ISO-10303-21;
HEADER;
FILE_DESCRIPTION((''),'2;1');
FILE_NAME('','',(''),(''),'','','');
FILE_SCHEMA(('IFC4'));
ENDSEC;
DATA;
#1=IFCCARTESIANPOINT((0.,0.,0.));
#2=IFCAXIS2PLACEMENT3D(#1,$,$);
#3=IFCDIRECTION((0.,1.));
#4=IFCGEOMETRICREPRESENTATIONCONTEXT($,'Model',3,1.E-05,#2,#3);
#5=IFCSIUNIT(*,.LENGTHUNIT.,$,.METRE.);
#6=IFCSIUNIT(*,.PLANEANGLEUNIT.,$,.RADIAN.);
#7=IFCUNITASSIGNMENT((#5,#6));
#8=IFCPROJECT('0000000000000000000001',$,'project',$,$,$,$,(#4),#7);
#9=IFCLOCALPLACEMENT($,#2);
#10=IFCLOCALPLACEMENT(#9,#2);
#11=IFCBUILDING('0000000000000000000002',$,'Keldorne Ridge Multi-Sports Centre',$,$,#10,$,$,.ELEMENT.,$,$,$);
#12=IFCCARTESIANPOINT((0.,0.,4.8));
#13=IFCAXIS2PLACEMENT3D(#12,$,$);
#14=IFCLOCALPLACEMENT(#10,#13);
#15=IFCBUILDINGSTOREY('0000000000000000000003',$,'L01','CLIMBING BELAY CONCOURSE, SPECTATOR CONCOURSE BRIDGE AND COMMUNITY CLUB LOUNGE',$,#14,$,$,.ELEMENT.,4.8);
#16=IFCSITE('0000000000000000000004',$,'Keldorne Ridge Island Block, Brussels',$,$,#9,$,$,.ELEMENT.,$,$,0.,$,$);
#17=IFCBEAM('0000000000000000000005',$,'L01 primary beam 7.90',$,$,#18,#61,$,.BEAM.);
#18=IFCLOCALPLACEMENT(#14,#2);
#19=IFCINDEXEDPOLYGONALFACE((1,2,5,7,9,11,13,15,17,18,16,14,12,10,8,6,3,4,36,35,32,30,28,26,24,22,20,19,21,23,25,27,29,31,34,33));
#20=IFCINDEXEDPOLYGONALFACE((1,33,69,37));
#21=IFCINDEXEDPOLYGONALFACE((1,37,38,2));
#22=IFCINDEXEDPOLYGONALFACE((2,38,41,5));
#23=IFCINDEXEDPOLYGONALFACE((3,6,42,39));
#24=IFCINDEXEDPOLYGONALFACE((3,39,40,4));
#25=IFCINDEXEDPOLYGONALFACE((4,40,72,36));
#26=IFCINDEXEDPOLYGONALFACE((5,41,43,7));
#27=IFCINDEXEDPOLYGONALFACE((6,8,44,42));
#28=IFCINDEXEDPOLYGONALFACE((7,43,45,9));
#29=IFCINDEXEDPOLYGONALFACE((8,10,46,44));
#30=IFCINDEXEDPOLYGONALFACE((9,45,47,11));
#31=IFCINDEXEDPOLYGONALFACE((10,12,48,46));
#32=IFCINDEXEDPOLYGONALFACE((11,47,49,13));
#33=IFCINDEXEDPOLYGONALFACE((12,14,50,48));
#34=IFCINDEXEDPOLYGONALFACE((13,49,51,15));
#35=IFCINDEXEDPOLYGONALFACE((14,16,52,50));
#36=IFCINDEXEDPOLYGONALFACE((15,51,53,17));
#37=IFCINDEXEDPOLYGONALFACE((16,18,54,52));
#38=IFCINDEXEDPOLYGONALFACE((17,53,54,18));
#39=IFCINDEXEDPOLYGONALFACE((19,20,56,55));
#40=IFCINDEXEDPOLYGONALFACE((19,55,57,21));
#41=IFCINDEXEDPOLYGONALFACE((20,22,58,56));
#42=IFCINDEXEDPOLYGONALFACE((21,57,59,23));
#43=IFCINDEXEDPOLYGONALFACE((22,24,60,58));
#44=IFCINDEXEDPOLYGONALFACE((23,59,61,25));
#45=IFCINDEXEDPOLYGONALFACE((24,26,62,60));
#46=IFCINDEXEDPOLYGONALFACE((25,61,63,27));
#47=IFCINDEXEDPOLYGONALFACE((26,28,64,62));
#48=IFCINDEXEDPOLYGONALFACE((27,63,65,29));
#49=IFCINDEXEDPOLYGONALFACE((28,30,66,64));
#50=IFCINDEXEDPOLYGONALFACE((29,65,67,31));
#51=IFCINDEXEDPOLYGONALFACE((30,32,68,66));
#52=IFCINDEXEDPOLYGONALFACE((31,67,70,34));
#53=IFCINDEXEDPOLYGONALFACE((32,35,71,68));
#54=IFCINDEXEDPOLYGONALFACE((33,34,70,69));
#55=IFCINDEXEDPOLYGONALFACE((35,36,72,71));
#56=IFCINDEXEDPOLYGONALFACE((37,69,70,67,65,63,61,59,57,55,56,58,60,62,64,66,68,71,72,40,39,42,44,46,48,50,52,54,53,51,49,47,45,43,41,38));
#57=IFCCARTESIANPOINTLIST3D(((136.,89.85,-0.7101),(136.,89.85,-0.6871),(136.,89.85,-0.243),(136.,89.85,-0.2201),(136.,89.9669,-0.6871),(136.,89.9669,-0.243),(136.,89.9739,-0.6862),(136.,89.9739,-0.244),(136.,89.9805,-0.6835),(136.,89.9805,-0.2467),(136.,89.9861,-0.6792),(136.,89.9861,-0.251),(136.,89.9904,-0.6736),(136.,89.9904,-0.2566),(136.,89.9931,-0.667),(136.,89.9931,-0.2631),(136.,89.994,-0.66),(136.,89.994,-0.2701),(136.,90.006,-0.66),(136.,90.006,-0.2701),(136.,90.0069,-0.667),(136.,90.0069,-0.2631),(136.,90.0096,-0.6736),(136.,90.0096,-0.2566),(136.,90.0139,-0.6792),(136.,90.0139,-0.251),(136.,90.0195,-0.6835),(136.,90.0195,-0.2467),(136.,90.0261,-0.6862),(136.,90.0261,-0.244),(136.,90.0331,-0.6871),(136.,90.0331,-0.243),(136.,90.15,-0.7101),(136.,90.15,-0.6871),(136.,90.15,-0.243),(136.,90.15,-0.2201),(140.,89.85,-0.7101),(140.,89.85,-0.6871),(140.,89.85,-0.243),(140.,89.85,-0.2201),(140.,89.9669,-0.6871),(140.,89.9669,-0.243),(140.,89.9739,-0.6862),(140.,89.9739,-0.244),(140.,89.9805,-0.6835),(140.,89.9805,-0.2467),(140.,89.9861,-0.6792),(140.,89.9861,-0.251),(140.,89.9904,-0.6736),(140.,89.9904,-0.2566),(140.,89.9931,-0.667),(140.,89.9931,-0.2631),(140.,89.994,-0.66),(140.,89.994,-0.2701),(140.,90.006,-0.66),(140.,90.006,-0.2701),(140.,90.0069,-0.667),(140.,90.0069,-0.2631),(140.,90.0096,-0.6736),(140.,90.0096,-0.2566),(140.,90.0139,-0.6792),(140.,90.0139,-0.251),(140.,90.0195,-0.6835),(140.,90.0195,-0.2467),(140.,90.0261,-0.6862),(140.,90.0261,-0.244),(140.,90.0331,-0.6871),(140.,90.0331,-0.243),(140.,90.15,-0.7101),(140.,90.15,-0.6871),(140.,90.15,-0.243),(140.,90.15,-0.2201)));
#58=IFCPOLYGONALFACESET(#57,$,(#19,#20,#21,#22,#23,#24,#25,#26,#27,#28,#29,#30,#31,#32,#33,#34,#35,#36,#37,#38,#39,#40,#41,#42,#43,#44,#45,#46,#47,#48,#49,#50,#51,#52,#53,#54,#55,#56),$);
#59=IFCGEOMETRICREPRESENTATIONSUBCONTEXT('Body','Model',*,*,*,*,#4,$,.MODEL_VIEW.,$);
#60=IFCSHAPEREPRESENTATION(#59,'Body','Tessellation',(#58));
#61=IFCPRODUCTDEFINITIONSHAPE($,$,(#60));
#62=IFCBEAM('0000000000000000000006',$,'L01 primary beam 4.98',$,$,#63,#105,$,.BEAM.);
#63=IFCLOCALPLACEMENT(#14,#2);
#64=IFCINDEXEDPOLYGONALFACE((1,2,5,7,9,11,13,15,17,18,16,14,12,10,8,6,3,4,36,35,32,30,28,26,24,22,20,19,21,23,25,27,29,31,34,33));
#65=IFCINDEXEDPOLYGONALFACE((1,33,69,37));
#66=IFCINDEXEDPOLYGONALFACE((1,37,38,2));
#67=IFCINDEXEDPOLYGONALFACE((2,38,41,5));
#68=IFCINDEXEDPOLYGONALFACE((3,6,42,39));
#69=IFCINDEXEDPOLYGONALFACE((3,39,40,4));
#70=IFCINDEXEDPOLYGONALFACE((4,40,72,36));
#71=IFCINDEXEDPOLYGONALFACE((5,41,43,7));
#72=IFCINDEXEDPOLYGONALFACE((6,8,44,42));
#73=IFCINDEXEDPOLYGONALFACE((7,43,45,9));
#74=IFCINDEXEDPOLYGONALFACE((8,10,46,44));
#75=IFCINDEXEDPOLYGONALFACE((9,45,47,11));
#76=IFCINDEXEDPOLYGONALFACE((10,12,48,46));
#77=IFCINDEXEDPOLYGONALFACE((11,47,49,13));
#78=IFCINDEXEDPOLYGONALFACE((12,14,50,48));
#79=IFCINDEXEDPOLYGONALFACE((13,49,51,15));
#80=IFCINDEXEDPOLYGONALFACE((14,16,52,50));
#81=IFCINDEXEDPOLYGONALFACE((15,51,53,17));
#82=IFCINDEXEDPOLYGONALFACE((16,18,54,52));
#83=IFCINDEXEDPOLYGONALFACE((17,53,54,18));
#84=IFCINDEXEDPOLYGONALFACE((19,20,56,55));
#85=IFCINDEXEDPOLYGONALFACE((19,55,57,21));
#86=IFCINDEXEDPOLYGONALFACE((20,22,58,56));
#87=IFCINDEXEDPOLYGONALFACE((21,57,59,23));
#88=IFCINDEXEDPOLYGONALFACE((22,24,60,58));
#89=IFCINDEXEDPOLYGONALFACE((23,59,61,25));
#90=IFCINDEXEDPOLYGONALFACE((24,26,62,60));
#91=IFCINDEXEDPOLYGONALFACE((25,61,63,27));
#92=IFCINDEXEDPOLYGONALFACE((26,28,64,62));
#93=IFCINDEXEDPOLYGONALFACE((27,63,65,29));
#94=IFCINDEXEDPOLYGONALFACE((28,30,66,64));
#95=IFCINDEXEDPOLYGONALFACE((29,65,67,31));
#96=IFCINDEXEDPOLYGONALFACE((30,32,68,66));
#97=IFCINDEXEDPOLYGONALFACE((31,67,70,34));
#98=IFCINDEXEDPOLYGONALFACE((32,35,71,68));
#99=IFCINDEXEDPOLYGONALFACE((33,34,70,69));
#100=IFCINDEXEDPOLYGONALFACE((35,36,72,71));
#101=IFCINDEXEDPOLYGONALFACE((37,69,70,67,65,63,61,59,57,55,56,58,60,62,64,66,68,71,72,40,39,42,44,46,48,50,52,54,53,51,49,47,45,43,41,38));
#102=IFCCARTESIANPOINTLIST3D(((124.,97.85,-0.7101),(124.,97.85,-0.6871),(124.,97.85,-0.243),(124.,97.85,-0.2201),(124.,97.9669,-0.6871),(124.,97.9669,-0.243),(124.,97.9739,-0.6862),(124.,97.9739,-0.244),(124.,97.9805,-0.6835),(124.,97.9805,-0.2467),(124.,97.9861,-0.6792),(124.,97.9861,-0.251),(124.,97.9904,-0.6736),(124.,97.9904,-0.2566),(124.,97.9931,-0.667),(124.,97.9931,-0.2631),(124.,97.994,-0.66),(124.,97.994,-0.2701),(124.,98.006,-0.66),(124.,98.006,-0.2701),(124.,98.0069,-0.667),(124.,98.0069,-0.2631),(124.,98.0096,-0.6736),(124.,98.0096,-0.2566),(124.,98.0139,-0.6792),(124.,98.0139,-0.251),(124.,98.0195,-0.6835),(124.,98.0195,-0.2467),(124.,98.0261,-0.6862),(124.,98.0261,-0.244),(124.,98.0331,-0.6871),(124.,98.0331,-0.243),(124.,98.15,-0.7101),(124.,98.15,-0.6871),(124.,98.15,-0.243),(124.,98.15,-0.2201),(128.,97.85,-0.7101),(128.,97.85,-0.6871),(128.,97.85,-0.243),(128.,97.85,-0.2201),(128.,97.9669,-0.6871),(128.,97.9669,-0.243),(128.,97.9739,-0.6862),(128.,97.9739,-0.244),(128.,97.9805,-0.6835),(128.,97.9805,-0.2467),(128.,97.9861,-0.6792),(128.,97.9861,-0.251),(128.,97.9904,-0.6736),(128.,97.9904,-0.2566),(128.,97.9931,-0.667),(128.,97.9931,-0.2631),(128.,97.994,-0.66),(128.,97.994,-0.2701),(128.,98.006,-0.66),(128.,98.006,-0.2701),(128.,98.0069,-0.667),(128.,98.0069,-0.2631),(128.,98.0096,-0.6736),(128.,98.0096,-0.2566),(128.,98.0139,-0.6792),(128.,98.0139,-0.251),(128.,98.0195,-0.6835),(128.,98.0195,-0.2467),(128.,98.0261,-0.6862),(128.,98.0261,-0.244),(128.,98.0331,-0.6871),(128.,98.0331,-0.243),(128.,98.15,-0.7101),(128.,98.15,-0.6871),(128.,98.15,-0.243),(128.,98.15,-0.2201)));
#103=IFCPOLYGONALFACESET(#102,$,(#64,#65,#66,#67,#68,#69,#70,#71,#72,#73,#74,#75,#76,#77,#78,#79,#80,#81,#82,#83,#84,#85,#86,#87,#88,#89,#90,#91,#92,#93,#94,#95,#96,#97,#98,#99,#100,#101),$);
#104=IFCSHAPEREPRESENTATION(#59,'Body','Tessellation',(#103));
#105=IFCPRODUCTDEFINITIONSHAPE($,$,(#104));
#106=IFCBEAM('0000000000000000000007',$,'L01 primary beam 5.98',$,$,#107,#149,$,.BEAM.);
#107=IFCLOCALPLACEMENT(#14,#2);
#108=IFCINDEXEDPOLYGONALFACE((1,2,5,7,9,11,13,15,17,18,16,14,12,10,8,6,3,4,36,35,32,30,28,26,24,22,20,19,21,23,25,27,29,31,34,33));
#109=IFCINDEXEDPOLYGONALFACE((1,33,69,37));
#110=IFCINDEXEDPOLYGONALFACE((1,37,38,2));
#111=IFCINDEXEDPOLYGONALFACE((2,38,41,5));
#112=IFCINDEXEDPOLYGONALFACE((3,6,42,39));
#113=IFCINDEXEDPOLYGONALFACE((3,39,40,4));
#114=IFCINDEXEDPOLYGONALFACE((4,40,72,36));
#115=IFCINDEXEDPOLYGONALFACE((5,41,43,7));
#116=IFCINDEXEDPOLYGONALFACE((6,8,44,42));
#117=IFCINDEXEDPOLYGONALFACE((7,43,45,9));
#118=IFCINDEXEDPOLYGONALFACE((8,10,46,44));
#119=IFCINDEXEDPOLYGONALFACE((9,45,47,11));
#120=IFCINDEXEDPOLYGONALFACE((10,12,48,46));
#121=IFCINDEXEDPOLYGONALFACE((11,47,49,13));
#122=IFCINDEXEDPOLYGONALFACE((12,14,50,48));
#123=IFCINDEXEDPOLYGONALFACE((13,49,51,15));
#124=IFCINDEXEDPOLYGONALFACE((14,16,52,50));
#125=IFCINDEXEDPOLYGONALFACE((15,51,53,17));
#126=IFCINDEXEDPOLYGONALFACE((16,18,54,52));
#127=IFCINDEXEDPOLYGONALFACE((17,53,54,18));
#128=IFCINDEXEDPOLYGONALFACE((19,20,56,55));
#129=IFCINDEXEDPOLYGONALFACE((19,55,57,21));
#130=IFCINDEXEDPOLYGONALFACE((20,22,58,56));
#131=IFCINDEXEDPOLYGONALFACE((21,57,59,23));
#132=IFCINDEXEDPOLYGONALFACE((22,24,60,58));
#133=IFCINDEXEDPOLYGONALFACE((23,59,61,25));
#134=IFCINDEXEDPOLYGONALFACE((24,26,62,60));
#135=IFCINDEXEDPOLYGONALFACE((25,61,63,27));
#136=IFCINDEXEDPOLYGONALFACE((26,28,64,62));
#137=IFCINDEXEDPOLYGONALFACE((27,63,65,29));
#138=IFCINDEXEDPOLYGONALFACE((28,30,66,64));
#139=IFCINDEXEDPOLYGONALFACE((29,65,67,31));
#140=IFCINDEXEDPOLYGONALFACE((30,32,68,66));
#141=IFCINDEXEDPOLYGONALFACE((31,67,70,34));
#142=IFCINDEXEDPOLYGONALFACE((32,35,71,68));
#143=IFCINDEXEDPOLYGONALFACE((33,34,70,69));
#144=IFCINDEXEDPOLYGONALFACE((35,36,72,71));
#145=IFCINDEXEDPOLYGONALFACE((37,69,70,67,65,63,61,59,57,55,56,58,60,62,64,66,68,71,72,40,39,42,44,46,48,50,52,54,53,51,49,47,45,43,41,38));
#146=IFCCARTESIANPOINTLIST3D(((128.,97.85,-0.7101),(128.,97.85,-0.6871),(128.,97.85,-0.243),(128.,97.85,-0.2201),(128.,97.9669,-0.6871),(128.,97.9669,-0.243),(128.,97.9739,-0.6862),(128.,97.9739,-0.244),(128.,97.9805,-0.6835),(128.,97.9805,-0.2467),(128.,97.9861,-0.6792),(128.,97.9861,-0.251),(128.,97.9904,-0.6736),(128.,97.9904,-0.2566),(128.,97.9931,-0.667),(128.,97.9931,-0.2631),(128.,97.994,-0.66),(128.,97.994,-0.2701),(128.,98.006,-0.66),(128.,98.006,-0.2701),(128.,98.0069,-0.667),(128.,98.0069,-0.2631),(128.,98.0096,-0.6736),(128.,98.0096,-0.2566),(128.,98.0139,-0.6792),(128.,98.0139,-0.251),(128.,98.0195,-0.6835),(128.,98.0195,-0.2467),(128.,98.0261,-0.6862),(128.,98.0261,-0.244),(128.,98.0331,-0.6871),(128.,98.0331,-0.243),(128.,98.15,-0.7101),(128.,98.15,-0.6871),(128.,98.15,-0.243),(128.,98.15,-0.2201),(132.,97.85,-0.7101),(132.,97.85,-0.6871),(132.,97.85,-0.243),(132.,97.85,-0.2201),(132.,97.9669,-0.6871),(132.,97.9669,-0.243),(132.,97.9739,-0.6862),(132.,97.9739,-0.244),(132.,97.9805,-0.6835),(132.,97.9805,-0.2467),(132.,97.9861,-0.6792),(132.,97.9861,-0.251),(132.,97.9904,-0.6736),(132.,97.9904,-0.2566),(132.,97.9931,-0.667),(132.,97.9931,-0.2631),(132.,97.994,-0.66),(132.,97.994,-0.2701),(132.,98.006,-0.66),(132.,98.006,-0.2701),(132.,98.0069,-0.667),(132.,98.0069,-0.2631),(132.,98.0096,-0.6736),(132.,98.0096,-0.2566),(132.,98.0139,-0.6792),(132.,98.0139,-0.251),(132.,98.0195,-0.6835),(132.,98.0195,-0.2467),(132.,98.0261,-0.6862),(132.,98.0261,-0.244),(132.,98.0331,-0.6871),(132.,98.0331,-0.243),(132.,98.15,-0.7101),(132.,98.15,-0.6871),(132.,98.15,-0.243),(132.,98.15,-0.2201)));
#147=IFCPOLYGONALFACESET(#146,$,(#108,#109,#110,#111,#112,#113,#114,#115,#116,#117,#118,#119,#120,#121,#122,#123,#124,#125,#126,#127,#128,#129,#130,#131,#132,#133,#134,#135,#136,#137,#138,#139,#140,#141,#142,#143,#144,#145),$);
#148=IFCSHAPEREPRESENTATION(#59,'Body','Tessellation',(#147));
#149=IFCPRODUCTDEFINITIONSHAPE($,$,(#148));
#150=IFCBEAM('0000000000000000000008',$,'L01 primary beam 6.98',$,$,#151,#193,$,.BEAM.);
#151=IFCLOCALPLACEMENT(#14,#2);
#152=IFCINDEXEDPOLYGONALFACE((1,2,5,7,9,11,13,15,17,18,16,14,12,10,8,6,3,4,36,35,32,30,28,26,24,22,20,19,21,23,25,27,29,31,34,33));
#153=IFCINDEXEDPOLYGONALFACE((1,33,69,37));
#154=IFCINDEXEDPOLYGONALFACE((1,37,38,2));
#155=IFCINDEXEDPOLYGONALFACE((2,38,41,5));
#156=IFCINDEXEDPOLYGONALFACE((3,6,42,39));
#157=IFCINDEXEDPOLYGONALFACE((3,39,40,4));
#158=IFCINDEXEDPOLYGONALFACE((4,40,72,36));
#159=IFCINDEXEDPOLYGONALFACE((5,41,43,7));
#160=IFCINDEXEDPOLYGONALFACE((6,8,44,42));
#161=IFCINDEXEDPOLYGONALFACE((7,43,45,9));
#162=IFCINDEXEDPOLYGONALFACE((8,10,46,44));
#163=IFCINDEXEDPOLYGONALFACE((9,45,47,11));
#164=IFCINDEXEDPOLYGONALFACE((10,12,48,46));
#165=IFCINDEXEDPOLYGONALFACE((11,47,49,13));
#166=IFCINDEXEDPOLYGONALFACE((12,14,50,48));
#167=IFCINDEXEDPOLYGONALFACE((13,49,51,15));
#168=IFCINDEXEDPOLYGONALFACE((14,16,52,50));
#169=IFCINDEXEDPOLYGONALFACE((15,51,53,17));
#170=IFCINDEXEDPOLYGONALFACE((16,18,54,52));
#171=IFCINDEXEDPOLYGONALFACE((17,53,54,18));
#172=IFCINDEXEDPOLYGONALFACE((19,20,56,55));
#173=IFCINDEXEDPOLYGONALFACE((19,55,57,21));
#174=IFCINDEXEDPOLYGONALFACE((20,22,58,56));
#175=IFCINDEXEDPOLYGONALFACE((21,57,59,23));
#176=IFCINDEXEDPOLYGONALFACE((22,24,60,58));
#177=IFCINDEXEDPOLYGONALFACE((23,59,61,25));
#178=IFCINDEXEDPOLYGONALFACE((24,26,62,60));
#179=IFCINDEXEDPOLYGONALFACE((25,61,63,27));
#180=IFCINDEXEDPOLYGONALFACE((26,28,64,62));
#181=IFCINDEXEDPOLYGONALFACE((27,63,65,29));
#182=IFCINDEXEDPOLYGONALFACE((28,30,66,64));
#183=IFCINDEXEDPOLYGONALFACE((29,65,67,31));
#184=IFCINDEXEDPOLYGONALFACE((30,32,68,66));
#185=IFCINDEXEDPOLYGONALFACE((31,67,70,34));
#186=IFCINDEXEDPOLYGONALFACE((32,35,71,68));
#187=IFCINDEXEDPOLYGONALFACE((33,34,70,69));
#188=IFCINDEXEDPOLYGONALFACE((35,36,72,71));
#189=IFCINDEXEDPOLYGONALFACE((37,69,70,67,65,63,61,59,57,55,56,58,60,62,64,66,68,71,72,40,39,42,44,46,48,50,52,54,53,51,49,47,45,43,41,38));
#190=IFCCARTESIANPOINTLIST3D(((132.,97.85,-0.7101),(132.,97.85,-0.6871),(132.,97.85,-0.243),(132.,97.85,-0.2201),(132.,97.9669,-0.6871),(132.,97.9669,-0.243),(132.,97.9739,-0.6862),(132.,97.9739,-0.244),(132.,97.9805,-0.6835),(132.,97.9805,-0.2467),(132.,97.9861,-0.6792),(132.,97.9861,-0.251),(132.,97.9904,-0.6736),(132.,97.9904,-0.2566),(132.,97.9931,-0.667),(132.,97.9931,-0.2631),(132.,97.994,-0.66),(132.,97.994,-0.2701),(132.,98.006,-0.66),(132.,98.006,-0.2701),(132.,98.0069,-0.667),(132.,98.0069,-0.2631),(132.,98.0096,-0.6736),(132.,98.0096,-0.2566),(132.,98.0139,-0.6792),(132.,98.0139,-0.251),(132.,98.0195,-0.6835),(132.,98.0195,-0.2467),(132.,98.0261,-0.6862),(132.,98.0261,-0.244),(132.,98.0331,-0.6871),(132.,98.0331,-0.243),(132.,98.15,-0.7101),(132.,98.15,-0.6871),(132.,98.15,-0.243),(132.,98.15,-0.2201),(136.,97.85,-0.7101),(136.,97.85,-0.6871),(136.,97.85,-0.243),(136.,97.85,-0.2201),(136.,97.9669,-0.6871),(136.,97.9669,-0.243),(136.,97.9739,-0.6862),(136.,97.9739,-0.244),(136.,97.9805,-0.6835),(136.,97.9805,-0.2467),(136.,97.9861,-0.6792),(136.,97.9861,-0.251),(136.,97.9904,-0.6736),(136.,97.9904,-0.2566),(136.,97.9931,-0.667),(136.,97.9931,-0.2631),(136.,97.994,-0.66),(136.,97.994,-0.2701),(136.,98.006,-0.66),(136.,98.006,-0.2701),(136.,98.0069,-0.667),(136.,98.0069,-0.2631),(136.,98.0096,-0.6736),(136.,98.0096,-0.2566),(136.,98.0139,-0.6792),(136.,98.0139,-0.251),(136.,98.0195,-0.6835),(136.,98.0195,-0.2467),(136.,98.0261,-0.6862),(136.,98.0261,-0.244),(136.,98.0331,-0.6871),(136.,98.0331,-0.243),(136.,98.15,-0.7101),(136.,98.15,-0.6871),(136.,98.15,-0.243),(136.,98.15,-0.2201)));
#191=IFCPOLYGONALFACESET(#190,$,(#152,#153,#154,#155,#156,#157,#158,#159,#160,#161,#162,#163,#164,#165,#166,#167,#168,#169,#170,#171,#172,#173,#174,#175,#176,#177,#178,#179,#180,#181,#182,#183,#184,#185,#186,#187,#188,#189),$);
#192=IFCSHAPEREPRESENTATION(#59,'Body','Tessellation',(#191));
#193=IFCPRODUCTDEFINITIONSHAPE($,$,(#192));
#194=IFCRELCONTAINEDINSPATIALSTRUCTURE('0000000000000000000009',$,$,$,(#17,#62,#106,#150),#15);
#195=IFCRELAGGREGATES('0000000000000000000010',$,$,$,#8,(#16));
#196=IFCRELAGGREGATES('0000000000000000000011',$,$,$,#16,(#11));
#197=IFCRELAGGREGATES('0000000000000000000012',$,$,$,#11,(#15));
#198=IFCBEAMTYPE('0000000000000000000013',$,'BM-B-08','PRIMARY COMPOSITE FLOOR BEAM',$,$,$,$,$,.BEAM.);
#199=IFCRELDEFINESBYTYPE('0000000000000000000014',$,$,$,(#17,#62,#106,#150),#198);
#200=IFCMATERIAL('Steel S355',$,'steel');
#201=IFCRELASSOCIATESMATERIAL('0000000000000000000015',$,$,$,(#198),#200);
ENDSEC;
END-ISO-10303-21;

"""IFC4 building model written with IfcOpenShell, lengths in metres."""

from ifc_helpers import new_model, si_unit, direction, frame, origin, origin_2d, place, context, subcontext, project, spatial, i_section, extrude, material, material_profile, profile_set, type_object, element, save


model = new_model("IFC4")

# Units and contexts
model_context = context("Model", 3, precision=1e-05, world=origin(), true_north=direction((0.0, 1.0)))
body_context = subcontext(model_context, "Body", "Model", "MODEL_VIEW")
ifc_project = project(units=[si_unit("LENGTHUNIT", "METRE"), si_unit("PLANEANGLEUNIT", "RADIAN")], contexts=[model_context])

# Site, building, storey
site_placement = place(None, origin())
site = spatial("IfcSite", under=ifc_project, at=site_placement, Name="Keldorne Ridge Island Block, Brussels", CompositionType="ELEMENT", RefElevation=0.0)
building_placement = place(site_placement, origin())
building = spatial("IfcBuilding", under=site, at=building_placement, Name="Keldorne Ridge Multi-Sports Centre", CompositionType="ELEMENT")
storey_placement = place(building_placement, frame((0.0, 0.0, 4.8)))
storey = spatial("IfcBuildingStorey", under=building, at=storey_placement, Name="L01", Description="CLIMBING BELAY CONCOURSE, SPECTATOR CONCOURSE BRIDGE AND COMMUNITY CLUB LOUNGE", CompositionType="ELEMENT", Elevation=4.8)

# Shared definitions
ifc_material = material(Name="Steel S355", Category="steel")

# Beams
ifc_material_profile_1 = material_profile(ifc_material, i_section(OverallWidth=0.3, OverallDepth=0.49, WebThickness=0.012, FlangeThickness=0.0229, FilletRadius=0.0271, at=origin_2d()), Name="HEA 500")
ifc_profile_set_1 = profile_set([ifc_material_profile_1], Name="Steel S355")
beam_type_1 = type_object("IfcBeamType", Name="BM-B-08", Description="PRIMARY COMPOSITE FLOOR BEAM", PredefinedType="BEAM", material=ifc_profile_set_1)
for number, where, z_axis, x_axis, name in (
    (1, (136.0, 90.0, -0.4651), (1.0, 0.0, 0.0), (0.0, 1.0, 0.0), "L01 primary beam 7.90"),
    (2, (124.0, 98.0, -0.4651), (1.0, 0.0, 0.0), (0.0, 1.0, 0.0), "L01 primary beam 4.98"),
    (3, (128.0, 98.0, -0.4651), (1.0, 0.0, 0.0), (0.0, 1.0, 0.0), "L01 primary beam 5.98"),
    (4, (132.0, 98.0, -0.4651), (1.0, 0.0, 0.0), (0.0, 1.0, 0.0), "L01 primary beam 6.98"),
):
    element("IfcBeam", number, at=place(storey_placement, frame(where, z_axis=z_axis, x_axis=x_axis)), inside=storey, type_object=beam_type_1, Name=name, PredefinedType="BEAM", context=body_context, shape_type="SweptSolid", body=[
        extrude(i_section(OverallWidth=0.3, OverallDepth=0.49, WebThickness=0.012, FlangeThickness=0.0229, FilletRadius=0.0271, at=origin_2d()), origin(), (0.0, 0.0, 1.0), 4.0),
    ])

save(model, "model.ifc")
